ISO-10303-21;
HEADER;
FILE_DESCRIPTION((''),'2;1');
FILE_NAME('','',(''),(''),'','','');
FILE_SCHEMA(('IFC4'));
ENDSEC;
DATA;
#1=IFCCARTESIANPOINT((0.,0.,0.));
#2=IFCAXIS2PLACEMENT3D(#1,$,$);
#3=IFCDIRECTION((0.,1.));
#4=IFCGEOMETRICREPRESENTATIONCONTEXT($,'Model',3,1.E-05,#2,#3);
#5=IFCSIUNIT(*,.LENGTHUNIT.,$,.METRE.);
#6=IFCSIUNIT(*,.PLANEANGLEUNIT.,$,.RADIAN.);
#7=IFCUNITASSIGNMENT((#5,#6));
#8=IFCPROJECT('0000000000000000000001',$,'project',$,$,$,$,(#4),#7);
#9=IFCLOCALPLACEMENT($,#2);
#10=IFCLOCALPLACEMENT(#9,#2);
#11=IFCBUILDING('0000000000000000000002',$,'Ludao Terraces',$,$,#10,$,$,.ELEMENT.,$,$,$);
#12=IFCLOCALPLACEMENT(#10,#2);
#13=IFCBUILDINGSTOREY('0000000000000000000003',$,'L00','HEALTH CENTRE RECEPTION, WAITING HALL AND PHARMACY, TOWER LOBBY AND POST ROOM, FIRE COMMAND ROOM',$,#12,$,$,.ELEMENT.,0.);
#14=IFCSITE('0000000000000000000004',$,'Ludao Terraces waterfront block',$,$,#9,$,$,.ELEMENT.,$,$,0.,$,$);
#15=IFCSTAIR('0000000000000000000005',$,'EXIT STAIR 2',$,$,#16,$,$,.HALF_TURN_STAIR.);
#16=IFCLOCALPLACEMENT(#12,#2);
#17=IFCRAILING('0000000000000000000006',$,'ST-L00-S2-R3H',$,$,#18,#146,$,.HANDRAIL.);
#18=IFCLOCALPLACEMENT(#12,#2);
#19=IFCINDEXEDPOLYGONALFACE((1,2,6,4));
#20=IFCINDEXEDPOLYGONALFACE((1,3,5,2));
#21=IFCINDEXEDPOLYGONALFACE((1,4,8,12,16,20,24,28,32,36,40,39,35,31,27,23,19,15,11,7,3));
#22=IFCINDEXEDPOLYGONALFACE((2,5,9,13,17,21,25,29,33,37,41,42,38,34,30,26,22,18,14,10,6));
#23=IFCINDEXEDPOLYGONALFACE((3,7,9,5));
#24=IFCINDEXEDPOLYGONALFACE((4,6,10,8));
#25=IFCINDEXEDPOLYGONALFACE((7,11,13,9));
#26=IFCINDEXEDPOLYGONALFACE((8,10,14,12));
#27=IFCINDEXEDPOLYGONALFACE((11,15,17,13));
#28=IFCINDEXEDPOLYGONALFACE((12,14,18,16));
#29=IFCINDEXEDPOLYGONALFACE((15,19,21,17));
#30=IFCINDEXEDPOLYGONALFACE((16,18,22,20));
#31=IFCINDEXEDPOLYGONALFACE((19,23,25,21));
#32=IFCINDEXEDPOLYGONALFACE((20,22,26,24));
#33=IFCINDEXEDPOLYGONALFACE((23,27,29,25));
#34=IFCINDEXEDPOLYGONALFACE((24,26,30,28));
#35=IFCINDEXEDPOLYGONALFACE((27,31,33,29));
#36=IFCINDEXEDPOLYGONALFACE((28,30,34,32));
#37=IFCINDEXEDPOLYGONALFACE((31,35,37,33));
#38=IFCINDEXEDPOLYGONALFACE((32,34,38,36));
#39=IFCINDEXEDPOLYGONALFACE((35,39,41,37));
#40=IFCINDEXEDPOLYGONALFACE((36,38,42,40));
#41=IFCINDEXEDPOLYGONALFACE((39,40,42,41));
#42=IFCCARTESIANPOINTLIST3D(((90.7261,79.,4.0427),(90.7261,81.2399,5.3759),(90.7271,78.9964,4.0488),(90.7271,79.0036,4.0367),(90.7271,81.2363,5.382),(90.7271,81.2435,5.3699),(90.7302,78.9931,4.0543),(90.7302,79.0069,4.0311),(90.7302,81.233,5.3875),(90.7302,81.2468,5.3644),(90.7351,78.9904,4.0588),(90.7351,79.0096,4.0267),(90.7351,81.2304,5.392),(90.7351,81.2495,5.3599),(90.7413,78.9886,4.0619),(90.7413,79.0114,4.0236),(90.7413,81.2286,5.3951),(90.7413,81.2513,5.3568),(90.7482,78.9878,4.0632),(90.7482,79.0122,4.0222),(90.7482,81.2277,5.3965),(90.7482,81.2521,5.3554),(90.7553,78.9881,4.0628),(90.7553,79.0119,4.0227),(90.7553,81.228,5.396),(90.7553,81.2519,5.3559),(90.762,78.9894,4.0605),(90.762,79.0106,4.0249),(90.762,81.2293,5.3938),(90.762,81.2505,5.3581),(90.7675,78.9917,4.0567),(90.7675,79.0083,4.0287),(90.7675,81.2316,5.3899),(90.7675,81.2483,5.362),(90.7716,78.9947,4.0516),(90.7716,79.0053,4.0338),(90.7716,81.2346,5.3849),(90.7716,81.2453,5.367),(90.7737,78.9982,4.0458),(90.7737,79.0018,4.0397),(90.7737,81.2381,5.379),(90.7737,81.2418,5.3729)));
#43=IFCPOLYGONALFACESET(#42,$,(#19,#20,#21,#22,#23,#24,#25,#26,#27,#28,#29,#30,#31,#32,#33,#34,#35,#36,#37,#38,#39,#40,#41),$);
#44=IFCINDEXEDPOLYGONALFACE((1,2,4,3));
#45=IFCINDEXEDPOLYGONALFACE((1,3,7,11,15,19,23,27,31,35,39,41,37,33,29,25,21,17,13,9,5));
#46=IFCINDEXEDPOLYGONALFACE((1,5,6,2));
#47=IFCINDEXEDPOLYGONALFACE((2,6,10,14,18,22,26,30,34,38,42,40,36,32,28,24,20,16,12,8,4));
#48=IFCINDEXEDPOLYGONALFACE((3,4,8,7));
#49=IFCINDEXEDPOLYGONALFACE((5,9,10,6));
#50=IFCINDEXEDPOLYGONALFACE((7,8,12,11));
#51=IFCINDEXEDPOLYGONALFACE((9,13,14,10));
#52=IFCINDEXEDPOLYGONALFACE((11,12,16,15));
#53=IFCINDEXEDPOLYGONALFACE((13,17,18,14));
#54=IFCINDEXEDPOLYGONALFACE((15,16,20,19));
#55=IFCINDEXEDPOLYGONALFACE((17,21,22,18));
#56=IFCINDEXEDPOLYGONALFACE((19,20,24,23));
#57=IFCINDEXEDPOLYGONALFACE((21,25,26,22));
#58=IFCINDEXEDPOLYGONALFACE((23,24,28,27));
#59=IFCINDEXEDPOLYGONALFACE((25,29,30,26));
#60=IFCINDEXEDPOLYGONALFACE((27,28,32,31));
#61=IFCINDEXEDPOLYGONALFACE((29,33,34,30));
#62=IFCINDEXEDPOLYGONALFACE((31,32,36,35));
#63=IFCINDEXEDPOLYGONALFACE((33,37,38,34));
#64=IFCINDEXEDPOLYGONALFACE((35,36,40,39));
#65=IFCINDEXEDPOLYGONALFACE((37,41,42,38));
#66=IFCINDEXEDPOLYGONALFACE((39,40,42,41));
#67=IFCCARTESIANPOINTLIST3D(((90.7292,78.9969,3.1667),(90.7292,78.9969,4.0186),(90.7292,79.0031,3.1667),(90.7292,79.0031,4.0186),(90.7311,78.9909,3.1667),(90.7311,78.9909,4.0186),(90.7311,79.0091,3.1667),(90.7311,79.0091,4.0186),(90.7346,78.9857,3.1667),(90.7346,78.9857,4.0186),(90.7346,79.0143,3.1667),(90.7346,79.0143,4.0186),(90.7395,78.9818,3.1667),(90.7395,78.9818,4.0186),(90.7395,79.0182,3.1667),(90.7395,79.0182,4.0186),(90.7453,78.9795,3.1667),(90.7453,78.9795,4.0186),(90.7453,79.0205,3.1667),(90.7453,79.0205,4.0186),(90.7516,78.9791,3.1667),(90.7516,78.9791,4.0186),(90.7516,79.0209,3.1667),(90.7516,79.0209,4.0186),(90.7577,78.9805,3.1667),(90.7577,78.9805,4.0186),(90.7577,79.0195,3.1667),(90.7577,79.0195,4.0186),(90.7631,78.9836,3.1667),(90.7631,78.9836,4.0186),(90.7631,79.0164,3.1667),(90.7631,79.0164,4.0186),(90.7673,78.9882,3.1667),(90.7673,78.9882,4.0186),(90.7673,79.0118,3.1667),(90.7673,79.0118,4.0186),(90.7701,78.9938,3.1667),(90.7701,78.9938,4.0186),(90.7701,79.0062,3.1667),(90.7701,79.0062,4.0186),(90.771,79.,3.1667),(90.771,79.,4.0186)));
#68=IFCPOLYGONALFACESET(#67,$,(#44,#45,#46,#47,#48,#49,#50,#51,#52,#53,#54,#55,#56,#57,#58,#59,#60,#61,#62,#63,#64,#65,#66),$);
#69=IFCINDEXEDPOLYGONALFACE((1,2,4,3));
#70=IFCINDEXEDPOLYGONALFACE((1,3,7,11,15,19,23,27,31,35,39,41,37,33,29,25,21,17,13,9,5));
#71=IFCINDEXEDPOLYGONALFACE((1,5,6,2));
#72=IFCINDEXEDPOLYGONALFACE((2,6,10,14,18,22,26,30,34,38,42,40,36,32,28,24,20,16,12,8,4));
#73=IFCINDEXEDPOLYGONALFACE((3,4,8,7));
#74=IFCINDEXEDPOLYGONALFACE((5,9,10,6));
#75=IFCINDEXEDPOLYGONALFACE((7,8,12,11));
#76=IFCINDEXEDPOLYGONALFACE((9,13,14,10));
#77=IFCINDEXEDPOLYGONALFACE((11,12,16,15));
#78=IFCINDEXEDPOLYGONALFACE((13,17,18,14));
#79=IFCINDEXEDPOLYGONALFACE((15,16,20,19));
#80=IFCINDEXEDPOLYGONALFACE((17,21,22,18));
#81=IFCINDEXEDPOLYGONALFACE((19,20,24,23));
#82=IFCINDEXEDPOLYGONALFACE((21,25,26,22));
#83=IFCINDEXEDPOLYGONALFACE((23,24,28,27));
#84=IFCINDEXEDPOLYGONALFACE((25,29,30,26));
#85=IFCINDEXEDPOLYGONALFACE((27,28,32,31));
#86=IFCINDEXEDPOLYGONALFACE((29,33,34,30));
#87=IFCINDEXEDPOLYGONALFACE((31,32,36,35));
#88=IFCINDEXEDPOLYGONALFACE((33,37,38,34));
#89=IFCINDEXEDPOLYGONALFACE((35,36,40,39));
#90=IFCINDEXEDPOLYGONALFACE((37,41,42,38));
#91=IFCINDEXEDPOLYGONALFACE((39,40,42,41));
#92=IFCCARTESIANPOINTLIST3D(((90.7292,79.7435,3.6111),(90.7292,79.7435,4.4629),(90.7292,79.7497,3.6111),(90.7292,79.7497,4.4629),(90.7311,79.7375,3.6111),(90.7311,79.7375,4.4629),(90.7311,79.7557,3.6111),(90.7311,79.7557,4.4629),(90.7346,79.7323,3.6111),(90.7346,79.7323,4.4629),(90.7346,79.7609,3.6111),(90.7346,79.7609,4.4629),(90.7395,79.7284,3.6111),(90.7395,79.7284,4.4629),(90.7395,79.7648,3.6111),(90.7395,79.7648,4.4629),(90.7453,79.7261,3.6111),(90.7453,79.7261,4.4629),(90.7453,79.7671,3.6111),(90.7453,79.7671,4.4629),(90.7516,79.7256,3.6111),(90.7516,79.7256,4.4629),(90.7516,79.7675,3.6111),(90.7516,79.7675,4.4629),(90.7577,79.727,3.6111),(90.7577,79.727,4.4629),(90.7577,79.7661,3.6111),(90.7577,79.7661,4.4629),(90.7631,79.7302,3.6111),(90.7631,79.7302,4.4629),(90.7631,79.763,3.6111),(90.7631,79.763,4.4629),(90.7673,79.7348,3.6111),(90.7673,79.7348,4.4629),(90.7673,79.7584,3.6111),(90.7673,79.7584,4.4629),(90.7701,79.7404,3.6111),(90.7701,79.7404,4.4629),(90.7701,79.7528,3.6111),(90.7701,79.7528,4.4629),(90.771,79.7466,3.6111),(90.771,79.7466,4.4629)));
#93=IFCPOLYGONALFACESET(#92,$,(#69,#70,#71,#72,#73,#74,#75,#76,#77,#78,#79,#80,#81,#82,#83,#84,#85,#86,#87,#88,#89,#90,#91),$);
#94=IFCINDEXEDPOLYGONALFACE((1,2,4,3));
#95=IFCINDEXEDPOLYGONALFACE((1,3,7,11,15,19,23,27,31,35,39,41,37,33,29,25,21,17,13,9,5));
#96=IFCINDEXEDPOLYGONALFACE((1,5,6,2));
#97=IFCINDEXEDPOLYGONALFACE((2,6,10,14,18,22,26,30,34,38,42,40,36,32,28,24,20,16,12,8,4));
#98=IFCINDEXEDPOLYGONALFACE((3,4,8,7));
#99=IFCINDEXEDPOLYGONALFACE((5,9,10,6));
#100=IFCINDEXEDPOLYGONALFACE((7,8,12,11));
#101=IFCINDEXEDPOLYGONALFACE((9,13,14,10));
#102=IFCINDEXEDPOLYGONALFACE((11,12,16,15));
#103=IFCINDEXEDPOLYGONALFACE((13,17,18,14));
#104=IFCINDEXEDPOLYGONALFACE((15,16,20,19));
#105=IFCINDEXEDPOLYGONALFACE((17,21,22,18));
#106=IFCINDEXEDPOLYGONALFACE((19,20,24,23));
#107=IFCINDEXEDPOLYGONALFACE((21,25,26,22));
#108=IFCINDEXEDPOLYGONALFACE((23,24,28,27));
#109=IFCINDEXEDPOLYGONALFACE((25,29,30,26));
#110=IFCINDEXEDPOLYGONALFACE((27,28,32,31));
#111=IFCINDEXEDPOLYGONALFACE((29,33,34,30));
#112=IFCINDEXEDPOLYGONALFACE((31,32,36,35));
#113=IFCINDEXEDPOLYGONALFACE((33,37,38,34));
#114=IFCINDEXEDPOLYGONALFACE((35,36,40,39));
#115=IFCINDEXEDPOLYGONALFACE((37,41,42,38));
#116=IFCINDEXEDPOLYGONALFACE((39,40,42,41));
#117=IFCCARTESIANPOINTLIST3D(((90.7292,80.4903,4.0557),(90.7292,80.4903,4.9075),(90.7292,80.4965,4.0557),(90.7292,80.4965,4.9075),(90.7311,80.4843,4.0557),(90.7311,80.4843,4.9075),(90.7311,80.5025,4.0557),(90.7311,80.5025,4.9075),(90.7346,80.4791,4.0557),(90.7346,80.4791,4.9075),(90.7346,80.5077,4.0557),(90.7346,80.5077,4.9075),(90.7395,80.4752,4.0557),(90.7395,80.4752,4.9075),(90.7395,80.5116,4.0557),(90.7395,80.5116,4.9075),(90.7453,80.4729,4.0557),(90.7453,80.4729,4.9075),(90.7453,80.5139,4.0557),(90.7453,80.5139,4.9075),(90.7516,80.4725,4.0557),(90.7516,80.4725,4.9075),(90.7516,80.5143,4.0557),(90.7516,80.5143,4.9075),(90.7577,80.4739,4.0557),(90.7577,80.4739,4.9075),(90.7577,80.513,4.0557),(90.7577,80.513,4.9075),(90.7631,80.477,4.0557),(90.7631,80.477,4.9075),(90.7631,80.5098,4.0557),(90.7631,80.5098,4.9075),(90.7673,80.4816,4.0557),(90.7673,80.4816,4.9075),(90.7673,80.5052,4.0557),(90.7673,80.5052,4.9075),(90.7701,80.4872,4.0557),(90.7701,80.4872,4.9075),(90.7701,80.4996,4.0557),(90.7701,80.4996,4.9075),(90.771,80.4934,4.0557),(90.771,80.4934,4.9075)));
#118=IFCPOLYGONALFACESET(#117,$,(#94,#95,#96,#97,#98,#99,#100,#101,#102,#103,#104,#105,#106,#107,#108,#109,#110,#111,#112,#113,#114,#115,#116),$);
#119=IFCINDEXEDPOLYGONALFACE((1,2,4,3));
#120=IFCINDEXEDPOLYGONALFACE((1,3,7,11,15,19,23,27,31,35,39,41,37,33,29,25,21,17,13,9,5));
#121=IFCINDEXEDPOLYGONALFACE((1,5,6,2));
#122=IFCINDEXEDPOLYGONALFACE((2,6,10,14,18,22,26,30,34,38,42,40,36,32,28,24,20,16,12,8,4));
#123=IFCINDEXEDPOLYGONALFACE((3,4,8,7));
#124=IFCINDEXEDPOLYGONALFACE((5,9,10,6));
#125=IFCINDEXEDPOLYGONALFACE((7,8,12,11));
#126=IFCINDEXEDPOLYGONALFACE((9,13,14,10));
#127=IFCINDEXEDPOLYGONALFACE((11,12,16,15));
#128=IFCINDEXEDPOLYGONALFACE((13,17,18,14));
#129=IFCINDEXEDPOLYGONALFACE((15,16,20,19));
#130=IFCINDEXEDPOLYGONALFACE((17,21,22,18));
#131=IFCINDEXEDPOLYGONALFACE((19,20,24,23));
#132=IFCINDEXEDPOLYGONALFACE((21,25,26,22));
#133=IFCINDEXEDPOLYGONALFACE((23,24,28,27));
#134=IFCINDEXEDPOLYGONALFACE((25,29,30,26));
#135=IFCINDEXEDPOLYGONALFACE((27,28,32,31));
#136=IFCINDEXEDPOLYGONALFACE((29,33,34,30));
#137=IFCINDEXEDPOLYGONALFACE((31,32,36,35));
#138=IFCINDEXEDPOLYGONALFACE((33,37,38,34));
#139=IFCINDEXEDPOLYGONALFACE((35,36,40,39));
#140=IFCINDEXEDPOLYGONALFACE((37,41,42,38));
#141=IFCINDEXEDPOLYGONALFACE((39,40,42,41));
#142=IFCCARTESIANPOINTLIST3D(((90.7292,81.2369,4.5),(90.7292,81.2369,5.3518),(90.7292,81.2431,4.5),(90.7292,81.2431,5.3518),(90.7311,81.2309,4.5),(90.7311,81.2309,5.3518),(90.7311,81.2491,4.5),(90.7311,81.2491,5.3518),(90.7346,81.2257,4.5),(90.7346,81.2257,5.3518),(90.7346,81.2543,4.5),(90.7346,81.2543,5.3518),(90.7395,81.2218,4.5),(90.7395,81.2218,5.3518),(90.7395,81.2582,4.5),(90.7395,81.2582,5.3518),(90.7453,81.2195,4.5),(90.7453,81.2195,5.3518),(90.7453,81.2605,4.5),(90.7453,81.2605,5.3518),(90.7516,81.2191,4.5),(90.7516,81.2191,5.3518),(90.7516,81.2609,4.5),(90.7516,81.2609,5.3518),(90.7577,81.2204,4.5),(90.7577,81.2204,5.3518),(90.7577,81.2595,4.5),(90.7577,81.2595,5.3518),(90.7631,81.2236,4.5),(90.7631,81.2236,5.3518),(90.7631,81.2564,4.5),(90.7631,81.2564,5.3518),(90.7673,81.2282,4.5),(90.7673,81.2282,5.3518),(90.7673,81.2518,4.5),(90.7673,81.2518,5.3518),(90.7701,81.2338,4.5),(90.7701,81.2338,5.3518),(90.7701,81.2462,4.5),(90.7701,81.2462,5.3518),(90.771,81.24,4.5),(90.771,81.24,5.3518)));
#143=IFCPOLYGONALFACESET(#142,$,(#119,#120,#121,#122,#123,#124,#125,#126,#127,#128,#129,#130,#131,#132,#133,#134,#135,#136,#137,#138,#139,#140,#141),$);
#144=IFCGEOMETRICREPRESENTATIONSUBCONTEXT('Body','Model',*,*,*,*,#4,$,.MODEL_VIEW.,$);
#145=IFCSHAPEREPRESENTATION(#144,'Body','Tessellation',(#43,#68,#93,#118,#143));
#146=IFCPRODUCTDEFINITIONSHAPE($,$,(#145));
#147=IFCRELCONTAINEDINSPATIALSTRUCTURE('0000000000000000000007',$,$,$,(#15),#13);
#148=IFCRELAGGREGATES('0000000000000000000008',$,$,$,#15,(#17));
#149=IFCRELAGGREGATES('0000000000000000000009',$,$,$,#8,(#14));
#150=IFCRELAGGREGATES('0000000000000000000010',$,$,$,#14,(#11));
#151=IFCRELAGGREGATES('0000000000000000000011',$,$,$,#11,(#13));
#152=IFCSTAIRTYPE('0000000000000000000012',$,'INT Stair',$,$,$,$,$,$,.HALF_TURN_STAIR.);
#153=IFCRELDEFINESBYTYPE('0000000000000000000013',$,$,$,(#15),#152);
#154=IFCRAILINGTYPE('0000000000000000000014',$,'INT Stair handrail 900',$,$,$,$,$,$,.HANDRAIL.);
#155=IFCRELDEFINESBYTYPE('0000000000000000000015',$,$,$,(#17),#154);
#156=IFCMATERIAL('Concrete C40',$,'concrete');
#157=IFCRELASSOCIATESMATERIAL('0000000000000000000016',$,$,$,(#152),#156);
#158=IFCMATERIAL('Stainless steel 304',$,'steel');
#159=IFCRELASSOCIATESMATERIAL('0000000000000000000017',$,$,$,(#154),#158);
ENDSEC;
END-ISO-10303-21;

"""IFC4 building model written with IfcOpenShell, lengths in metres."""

from ifc_helpers import new_model, si_unit, direction, frame, origin, origin_2d, place, context, subcontext, project, spatial, circle, extrude, material, type_object, element, aggregate, save


model = new_model("IFC4")

# Units and contexts
model_context = context("Model", 3, precision=1e-05, world=origin(), true_north=direction((0.0, 1.0)))
body_context = subcontext(model_context, "Body", "Model", "MODEL_VIEW")
ifc_project = project(units=[si_unit("LENGTHUNIT", "METRE"), si_unit("PLANEANGLEUNIT", "RADIAN")], contexts=[model_context])

# Site, building, storey
site_placement = place(None, origin())
site = spatial("IfcSite", under=ifc_project, at=site_placement, Name="Ludao Terraces waterfront block", CompositionType="ELEMENT", RefElevation=0.0)
building_placement = place(site_placement, origin())
building = spatial("IfcBuilding", under=site, at=building_placement, Name="Ludao Terraces", CompositionType="ELEMENT")
storey_placement = place(building_placement, origin())
storey = spatial("IfcBuildingStorey", under=building, at=storey_placement, Name="L00", Description="HEALTH CENTRE RECEPTION, WAITING HALL AND PHARMACY, TOWER LOBBY AND POST ROOM, FIRE COMMAND ROOM", CompositionType="ELEMENT", Elevation=0.0)

# Shared definitions
ifc_material_1 = material(Name="Concrete C40", Category="concrete")

# Shared definitions
ifc_material_2 = material(Name="Stainless steel 304", Category="steel")

# Stair, railing
stair_type = type_object("IfcStairType", Name="INT Stair", PredefinedType="HALF_TURN_STAIR", material=ifc_material_1)
stair_placement = place(storey_placement, origin())
stair = element("IfcStair", 1, at=stair_placement, inside=storey, type_object=stair_type, Name="EXIT STAIR 2", PredefinedType="HALF_TURN_STAIR")
railing_type = type_object("IfcRailingType", Name="INT Stair handrail 900", PredefinedType="HANDRAIL", material=ifc_material_2)
railing_1_placement = place(storey_placement, frame((90.75, 79.0, 3.1667)))
railing_1 = element("IfcRailing", 2, at=railing_1_placement, type_object=railing_type, Name="ST-L00-S2-R3H", PredefinedType="HANDRAIL", context=body_context, shape_type="SweptSolid", body=[
    extrude(circle(Radius=0.0239, at=origin_2d()), frame((0.0, 0.0, 0.876), z_axis=(0.0, 0.859306, 0.511462), x_axis=(-1.0, 0.0, 0.0)), (0.0, 0.0, 1.0), 2.6067),
    extrude(circle(Radius=0.021, at=origin_2d()), origin(), (0.0, 0.0, 1.0), 0.8518),
    extrude(circle(Radius=0.021, at=origin_2d()), frame((0.0, 0.7466, 0.4443)), (0.0, 0.0, 1.0), 0.8518),
    extrude(circle(Radius=0.021, at=origin_2d()), frame((0.0, 1.4934, 0.8889)), (0.0, 0.0, 1.0), 0.8518),
    extrude(circle(Radius=0.021, at=origin_2d()), frame((0.0, 2.24, 1.3333)), (0.0, 0.0, 1.0), 0.8518),
])
aggregate(stair, [railing_1])

save(model, "model.ifc")
